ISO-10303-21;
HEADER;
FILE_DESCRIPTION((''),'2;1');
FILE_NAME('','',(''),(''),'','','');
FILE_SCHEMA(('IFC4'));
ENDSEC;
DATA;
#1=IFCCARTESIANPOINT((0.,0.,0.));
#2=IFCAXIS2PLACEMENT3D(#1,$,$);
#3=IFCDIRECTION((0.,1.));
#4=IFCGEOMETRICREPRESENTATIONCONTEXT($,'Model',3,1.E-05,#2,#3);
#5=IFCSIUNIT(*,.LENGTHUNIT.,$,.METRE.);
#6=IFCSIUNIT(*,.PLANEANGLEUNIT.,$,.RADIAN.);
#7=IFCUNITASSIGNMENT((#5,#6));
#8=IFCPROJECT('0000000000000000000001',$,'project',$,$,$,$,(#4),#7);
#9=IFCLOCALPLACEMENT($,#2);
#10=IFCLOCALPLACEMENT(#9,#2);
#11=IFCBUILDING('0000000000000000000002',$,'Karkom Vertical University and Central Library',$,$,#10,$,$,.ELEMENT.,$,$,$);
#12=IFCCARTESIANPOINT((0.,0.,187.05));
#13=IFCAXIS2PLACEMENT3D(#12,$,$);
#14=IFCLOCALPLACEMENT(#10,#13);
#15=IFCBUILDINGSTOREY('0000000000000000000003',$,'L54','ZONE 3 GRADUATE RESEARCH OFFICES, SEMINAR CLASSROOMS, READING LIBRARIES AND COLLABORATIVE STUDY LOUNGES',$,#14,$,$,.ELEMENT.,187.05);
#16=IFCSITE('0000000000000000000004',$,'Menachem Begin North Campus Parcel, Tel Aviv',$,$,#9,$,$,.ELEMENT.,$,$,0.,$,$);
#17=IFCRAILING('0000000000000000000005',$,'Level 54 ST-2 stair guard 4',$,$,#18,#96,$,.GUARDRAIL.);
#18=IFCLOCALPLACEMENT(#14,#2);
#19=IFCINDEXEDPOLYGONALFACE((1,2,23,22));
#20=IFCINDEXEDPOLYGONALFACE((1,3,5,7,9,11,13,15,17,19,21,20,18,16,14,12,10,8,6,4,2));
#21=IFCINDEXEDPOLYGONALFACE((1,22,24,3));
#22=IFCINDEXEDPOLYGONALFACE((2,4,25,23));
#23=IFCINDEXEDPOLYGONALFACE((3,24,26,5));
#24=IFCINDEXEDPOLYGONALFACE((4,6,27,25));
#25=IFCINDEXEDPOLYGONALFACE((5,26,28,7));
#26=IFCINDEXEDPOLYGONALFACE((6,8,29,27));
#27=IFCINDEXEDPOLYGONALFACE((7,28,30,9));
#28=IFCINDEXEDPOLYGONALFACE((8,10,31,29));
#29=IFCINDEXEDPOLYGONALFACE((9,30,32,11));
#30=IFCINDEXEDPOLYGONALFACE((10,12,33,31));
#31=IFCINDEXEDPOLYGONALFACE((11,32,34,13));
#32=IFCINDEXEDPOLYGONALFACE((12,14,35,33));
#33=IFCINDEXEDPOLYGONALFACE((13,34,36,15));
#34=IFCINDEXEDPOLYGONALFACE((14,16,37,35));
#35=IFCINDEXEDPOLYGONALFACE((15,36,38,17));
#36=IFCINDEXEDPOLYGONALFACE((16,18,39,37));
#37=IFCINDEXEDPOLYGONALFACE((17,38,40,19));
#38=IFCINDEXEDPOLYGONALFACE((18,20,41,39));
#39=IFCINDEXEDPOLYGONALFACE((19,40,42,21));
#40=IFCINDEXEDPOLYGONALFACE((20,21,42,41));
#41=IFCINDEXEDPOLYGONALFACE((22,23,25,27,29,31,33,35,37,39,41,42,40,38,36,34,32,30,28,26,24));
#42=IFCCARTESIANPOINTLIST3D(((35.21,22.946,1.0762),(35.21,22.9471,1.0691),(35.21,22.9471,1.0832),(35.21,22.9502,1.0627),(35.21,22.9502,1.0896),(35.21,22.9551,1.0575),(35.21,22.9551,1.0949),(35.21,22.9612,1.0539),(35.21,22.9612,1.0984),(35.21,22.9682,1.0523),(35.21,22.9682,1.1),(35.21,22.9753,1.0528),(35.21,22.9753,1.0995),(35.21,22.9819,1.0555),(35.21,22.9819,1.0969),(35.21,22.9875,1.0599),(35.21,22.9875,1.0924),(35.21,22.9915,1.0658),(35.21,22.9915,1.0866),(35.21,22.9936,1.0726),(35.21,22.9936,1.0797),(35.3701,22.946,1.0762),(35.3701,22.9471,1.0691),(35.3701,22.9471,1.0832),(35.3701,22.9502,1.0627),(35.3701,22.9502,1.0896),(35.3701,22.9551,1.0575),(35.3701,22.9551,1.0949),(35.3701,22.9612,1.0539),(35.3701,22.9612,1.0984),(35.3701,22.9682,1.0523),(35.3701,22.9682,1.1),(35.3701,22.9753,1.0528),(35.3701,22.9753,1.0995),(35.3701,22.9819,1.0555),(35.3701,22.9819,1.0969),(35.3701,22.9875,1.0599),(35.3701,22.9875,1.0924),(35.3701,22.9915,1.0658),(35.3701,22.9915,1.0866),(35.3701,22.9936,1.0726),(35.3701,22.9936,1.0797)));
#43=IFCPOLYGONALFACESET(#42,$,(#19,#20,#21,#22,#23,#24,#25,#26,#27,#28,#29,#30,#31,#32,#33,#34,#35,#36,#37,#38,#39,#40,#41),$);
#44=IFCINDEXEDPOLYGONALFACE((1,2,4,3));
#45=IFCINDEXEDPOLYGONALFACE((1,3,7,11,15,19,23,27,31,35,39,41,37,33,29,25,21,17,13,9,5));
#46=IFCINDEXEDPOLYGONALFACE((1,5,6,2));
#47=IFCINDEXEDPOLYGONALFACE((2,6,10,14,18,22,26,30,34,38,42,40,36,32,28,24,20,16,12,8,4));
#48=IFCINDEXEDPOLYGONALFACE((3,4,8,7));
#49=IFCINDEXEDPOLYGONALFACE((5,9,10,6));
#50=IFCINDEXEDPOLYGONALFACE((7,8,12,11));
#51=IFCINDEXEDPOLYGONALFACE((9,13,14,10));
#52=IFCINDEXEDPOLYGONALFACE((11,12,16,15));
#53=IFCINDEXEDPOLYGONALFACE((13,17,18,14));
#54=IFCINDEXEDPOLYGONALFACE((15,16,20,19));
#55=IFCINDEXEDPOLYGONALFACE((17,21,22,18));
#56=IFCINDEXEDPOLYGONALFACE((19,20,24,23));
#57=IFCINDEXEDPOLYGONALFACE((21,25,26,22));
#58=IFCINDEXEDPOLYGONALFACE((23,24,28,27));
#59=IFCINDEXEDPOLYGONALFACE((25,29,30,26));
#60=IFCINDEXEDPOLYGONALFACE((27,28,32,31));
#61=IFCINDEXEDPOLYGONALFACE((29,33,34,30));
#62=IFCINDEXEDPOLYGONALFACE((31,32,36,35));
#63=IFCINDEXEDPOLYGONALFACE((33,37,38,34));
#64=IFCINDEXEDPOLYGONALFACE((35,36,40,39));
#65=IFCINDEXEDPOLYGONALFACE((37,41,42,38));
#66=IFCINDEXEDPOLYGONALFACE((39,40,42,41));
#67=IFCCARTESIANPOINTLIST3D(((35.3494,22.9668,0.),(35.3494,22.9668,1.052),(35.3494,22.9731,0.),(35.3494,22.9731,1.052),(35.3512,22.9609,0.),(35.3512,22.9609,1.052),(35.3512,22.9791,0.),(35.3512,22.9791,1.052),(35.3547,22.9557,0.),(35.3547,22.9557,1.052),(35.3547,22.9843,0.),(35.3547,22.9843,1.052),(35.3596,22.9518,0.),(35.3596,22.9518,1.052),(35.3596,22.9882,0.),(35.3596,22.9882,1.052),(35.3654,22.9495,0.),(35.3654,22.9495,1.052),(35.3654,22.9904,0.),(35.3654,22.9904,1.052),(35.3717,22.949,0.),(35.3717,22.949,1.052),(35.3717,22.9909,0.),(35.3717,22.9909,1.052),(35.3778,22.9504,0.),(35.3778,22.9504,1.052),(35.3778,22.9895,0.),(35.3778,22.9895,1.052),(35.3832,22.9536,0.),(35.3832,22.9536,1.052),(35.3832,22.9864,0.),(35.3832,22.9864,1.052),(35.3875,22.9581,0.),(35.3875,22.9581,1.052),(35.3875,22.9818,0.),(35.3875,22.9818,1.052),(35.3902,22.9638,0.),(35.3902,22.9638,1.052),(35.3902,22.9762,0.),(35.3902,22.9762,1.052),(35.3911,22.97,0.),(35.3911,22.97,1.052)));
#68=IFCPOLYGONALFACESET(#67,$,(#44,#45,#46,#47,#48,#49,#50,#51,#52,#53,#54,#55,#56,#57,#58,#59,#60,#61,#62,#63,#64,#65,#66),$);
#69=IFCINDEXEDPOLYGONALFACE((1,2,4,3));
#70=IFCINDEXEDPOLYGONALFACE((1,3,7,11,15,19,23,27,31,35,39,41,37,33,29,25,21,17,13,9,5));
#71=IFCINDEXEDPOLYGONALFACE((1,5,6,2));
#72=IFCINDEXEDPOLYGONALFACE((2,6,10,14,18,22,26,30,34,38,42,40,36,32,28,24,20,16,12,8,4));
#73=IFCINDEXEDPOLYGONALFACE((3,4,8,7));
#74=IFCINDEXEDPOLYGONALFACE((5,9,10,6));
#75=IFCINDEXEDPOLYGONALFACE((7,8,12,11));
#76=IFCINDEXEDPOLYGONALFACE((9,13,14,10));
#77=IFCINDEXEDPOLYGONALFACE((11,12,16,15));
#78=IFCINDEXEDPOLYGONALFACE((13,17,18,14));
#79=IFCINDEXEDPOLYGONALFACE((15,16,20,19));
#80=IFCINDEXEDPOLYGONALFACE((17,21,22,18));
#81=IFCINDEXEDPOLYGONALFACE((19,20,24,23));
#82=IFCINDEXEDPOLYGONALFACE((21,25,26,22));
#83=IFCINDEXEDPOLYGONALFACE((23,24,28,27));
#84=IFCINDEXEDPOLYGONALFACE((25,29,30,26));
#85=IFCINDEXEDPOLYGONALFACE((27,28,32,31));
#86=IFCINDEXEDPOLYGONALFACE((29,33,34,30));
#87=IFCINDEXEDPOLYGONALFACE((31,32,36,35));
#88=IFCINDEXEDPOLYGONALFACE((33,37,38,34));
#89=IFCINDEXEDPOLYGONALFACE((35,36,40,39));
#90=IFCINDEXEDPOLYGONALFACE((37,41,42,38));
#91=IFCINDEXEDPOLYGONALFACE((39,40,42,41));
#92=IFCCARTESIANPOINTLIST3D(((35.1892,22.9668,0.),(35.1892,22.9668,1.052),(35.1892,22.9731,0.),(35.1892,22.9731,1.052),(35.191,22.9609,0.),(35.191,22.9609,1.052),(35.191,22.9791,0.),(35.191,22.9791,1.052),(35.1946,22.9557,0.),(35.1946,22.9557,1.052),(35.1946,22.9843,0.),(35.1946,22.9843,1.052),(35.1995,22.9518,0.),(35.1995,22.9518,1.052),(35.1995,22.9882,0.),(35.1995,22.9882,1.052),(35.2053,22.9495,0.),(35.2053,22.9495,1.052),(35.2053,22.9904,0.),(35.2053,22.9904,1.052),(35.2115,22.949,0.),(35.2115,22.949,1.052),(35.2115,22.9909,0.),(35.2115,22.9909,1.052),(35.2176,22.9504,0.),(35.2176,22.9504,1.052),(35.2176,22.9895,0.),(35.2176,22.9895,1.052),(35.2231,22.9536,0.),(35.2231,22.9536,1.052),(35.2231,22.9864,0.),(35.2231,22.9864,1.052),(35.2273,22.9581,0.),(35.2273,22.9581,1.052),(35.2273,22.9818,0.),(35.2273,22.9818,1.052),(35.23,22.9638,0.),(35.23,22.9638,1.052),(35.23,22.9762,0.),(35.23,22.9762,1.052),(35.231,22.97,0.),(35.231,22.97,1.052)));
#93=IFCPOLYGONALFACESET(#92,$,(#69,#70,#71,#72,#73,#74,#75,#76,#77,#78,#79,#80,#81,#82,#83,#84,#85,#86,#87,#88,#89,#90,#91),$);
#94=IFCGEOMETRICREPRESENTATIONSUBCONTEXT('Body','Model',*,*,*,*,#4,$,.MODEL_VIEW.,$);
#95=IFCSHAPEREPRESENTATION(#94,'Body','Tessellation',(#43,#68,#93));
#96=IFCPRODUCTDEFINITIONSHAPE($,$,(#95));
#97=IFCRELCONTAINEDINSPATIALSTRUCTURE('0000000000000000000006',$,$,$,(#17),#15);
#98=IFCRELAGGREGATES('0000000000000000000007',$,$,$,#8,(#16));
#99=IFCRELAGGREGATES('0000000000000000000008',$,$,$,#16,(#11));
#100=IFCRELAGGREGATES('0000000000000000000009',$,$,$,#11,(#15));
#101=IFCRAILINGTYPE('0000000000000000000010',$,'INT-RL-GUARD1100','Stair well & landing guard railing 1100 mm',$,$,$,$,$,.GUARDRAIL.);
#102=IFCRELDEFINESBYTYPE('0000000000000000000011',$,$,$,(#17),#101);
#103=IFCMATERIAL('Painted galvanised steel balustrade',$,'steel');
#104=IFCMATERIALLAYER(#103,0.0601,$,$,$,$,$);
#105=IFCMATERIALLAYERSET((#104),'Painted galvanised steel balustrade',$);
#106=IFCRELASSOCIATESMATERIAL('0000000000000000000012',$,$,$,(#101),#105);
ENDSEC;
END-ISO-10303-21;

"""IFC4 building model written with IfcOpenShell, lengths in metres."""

from ifc_helpers import new_model, si_unit, direction, frame, origin, origin_2d, place, context, subcontext, project, spatial, circle, extrude, material, layer, layer_set, type_object, element, save


model = new_model("IFC4")

# Units and contexts
model_context = context("Model", 3, precision=1e-05, world=origin(), true_north=direction((0.0, 1.0)))
body_context = subcontext(model_context, "Body", "Model", "MODEL_VIEW")
ifc_project = project(units=[si_unit("LENGTHUNIT", "METRE"), si_unit("PLANEANGLEUNIT", "RADIAN")], contexts=[model_context])

# Site, building, storey
site_placement = place(None, origin())
site = spatial("IfcSite", under=ifc_project, at=site_placement, Name="Menachem Begin North Campus Parcel, Tel Aviv", CompositionType="ELEMENT", RefElevation=0.0)
building_placement = place(site_placement, origin())
building = spatial("IfcBuilding", under=site, at=building_placement, Name="Karkom Vertical University and Central Library", CompositionType="ELEMENT")
storey_placement = place(building_placement, frame((0.0, 0.0, 187.05)))
storey = spatial("IfcBuildingStorey", under=building, at=storey_placement, Name="L54", Description="ZONE 3 GRADUATE RESEARCH OFFICES, SEMINAR CLASSROOMS, READING LIBRARIES AND COLLABORATIVE STUDY LOUNGES", CompositionType="ELEMENT", Elevation=187.05)

# Railing
ifc_material_1 = material(Name="Painted galvanised steel balustrade", Category="steel")
ifc_layer_1 = layer(ifc_material_1, 0.0601)
ifc_layer_set_1 = layer_set([ifc_layer_1], Name="Painted galvanised steel balustrade")
railing_type_1 = type_object("IfcRailingType", Name="INT-RL-GUARD1100", Description="Stair well & landing guard railing 1100 mm", PredefinedType="GUARDRAIL", material=ifc_layer_set_1)
railing_1_placement = place(storey_placement, frame((35.3701, 22.97, 0.0)))
element("IfcRailing", 1, at=railing_1_placement, inside=storey, type_object=railing_type_1, Name="Level 54 ST-2 stair guard 4", PredefinedType="GUARDRAIL", context=body_context, shape_type="SweptSolid", body=[
    extrude(circle(Radius=0.0239, at=origin_2d()), frame((0.0, 0.0, 1.0762), z_axis=(-1.0, 0.0, 0.0), x_axis=(0.0, -1.0, 0.0)), (0.0, 0.0, 1.0), 0.1602),
    extrude(circle(Radius=0.021, at=origin_2d()), origin(), (0.0, 0.0, 1.0), 1.052),
    extrude(circle(Radius=0.021, at=origin_2d()), frame((-0.1602, 0.0, 0.0)), (0.0, 0.0, 1.0), 1.052),
])

save(model, "model.ifc")
